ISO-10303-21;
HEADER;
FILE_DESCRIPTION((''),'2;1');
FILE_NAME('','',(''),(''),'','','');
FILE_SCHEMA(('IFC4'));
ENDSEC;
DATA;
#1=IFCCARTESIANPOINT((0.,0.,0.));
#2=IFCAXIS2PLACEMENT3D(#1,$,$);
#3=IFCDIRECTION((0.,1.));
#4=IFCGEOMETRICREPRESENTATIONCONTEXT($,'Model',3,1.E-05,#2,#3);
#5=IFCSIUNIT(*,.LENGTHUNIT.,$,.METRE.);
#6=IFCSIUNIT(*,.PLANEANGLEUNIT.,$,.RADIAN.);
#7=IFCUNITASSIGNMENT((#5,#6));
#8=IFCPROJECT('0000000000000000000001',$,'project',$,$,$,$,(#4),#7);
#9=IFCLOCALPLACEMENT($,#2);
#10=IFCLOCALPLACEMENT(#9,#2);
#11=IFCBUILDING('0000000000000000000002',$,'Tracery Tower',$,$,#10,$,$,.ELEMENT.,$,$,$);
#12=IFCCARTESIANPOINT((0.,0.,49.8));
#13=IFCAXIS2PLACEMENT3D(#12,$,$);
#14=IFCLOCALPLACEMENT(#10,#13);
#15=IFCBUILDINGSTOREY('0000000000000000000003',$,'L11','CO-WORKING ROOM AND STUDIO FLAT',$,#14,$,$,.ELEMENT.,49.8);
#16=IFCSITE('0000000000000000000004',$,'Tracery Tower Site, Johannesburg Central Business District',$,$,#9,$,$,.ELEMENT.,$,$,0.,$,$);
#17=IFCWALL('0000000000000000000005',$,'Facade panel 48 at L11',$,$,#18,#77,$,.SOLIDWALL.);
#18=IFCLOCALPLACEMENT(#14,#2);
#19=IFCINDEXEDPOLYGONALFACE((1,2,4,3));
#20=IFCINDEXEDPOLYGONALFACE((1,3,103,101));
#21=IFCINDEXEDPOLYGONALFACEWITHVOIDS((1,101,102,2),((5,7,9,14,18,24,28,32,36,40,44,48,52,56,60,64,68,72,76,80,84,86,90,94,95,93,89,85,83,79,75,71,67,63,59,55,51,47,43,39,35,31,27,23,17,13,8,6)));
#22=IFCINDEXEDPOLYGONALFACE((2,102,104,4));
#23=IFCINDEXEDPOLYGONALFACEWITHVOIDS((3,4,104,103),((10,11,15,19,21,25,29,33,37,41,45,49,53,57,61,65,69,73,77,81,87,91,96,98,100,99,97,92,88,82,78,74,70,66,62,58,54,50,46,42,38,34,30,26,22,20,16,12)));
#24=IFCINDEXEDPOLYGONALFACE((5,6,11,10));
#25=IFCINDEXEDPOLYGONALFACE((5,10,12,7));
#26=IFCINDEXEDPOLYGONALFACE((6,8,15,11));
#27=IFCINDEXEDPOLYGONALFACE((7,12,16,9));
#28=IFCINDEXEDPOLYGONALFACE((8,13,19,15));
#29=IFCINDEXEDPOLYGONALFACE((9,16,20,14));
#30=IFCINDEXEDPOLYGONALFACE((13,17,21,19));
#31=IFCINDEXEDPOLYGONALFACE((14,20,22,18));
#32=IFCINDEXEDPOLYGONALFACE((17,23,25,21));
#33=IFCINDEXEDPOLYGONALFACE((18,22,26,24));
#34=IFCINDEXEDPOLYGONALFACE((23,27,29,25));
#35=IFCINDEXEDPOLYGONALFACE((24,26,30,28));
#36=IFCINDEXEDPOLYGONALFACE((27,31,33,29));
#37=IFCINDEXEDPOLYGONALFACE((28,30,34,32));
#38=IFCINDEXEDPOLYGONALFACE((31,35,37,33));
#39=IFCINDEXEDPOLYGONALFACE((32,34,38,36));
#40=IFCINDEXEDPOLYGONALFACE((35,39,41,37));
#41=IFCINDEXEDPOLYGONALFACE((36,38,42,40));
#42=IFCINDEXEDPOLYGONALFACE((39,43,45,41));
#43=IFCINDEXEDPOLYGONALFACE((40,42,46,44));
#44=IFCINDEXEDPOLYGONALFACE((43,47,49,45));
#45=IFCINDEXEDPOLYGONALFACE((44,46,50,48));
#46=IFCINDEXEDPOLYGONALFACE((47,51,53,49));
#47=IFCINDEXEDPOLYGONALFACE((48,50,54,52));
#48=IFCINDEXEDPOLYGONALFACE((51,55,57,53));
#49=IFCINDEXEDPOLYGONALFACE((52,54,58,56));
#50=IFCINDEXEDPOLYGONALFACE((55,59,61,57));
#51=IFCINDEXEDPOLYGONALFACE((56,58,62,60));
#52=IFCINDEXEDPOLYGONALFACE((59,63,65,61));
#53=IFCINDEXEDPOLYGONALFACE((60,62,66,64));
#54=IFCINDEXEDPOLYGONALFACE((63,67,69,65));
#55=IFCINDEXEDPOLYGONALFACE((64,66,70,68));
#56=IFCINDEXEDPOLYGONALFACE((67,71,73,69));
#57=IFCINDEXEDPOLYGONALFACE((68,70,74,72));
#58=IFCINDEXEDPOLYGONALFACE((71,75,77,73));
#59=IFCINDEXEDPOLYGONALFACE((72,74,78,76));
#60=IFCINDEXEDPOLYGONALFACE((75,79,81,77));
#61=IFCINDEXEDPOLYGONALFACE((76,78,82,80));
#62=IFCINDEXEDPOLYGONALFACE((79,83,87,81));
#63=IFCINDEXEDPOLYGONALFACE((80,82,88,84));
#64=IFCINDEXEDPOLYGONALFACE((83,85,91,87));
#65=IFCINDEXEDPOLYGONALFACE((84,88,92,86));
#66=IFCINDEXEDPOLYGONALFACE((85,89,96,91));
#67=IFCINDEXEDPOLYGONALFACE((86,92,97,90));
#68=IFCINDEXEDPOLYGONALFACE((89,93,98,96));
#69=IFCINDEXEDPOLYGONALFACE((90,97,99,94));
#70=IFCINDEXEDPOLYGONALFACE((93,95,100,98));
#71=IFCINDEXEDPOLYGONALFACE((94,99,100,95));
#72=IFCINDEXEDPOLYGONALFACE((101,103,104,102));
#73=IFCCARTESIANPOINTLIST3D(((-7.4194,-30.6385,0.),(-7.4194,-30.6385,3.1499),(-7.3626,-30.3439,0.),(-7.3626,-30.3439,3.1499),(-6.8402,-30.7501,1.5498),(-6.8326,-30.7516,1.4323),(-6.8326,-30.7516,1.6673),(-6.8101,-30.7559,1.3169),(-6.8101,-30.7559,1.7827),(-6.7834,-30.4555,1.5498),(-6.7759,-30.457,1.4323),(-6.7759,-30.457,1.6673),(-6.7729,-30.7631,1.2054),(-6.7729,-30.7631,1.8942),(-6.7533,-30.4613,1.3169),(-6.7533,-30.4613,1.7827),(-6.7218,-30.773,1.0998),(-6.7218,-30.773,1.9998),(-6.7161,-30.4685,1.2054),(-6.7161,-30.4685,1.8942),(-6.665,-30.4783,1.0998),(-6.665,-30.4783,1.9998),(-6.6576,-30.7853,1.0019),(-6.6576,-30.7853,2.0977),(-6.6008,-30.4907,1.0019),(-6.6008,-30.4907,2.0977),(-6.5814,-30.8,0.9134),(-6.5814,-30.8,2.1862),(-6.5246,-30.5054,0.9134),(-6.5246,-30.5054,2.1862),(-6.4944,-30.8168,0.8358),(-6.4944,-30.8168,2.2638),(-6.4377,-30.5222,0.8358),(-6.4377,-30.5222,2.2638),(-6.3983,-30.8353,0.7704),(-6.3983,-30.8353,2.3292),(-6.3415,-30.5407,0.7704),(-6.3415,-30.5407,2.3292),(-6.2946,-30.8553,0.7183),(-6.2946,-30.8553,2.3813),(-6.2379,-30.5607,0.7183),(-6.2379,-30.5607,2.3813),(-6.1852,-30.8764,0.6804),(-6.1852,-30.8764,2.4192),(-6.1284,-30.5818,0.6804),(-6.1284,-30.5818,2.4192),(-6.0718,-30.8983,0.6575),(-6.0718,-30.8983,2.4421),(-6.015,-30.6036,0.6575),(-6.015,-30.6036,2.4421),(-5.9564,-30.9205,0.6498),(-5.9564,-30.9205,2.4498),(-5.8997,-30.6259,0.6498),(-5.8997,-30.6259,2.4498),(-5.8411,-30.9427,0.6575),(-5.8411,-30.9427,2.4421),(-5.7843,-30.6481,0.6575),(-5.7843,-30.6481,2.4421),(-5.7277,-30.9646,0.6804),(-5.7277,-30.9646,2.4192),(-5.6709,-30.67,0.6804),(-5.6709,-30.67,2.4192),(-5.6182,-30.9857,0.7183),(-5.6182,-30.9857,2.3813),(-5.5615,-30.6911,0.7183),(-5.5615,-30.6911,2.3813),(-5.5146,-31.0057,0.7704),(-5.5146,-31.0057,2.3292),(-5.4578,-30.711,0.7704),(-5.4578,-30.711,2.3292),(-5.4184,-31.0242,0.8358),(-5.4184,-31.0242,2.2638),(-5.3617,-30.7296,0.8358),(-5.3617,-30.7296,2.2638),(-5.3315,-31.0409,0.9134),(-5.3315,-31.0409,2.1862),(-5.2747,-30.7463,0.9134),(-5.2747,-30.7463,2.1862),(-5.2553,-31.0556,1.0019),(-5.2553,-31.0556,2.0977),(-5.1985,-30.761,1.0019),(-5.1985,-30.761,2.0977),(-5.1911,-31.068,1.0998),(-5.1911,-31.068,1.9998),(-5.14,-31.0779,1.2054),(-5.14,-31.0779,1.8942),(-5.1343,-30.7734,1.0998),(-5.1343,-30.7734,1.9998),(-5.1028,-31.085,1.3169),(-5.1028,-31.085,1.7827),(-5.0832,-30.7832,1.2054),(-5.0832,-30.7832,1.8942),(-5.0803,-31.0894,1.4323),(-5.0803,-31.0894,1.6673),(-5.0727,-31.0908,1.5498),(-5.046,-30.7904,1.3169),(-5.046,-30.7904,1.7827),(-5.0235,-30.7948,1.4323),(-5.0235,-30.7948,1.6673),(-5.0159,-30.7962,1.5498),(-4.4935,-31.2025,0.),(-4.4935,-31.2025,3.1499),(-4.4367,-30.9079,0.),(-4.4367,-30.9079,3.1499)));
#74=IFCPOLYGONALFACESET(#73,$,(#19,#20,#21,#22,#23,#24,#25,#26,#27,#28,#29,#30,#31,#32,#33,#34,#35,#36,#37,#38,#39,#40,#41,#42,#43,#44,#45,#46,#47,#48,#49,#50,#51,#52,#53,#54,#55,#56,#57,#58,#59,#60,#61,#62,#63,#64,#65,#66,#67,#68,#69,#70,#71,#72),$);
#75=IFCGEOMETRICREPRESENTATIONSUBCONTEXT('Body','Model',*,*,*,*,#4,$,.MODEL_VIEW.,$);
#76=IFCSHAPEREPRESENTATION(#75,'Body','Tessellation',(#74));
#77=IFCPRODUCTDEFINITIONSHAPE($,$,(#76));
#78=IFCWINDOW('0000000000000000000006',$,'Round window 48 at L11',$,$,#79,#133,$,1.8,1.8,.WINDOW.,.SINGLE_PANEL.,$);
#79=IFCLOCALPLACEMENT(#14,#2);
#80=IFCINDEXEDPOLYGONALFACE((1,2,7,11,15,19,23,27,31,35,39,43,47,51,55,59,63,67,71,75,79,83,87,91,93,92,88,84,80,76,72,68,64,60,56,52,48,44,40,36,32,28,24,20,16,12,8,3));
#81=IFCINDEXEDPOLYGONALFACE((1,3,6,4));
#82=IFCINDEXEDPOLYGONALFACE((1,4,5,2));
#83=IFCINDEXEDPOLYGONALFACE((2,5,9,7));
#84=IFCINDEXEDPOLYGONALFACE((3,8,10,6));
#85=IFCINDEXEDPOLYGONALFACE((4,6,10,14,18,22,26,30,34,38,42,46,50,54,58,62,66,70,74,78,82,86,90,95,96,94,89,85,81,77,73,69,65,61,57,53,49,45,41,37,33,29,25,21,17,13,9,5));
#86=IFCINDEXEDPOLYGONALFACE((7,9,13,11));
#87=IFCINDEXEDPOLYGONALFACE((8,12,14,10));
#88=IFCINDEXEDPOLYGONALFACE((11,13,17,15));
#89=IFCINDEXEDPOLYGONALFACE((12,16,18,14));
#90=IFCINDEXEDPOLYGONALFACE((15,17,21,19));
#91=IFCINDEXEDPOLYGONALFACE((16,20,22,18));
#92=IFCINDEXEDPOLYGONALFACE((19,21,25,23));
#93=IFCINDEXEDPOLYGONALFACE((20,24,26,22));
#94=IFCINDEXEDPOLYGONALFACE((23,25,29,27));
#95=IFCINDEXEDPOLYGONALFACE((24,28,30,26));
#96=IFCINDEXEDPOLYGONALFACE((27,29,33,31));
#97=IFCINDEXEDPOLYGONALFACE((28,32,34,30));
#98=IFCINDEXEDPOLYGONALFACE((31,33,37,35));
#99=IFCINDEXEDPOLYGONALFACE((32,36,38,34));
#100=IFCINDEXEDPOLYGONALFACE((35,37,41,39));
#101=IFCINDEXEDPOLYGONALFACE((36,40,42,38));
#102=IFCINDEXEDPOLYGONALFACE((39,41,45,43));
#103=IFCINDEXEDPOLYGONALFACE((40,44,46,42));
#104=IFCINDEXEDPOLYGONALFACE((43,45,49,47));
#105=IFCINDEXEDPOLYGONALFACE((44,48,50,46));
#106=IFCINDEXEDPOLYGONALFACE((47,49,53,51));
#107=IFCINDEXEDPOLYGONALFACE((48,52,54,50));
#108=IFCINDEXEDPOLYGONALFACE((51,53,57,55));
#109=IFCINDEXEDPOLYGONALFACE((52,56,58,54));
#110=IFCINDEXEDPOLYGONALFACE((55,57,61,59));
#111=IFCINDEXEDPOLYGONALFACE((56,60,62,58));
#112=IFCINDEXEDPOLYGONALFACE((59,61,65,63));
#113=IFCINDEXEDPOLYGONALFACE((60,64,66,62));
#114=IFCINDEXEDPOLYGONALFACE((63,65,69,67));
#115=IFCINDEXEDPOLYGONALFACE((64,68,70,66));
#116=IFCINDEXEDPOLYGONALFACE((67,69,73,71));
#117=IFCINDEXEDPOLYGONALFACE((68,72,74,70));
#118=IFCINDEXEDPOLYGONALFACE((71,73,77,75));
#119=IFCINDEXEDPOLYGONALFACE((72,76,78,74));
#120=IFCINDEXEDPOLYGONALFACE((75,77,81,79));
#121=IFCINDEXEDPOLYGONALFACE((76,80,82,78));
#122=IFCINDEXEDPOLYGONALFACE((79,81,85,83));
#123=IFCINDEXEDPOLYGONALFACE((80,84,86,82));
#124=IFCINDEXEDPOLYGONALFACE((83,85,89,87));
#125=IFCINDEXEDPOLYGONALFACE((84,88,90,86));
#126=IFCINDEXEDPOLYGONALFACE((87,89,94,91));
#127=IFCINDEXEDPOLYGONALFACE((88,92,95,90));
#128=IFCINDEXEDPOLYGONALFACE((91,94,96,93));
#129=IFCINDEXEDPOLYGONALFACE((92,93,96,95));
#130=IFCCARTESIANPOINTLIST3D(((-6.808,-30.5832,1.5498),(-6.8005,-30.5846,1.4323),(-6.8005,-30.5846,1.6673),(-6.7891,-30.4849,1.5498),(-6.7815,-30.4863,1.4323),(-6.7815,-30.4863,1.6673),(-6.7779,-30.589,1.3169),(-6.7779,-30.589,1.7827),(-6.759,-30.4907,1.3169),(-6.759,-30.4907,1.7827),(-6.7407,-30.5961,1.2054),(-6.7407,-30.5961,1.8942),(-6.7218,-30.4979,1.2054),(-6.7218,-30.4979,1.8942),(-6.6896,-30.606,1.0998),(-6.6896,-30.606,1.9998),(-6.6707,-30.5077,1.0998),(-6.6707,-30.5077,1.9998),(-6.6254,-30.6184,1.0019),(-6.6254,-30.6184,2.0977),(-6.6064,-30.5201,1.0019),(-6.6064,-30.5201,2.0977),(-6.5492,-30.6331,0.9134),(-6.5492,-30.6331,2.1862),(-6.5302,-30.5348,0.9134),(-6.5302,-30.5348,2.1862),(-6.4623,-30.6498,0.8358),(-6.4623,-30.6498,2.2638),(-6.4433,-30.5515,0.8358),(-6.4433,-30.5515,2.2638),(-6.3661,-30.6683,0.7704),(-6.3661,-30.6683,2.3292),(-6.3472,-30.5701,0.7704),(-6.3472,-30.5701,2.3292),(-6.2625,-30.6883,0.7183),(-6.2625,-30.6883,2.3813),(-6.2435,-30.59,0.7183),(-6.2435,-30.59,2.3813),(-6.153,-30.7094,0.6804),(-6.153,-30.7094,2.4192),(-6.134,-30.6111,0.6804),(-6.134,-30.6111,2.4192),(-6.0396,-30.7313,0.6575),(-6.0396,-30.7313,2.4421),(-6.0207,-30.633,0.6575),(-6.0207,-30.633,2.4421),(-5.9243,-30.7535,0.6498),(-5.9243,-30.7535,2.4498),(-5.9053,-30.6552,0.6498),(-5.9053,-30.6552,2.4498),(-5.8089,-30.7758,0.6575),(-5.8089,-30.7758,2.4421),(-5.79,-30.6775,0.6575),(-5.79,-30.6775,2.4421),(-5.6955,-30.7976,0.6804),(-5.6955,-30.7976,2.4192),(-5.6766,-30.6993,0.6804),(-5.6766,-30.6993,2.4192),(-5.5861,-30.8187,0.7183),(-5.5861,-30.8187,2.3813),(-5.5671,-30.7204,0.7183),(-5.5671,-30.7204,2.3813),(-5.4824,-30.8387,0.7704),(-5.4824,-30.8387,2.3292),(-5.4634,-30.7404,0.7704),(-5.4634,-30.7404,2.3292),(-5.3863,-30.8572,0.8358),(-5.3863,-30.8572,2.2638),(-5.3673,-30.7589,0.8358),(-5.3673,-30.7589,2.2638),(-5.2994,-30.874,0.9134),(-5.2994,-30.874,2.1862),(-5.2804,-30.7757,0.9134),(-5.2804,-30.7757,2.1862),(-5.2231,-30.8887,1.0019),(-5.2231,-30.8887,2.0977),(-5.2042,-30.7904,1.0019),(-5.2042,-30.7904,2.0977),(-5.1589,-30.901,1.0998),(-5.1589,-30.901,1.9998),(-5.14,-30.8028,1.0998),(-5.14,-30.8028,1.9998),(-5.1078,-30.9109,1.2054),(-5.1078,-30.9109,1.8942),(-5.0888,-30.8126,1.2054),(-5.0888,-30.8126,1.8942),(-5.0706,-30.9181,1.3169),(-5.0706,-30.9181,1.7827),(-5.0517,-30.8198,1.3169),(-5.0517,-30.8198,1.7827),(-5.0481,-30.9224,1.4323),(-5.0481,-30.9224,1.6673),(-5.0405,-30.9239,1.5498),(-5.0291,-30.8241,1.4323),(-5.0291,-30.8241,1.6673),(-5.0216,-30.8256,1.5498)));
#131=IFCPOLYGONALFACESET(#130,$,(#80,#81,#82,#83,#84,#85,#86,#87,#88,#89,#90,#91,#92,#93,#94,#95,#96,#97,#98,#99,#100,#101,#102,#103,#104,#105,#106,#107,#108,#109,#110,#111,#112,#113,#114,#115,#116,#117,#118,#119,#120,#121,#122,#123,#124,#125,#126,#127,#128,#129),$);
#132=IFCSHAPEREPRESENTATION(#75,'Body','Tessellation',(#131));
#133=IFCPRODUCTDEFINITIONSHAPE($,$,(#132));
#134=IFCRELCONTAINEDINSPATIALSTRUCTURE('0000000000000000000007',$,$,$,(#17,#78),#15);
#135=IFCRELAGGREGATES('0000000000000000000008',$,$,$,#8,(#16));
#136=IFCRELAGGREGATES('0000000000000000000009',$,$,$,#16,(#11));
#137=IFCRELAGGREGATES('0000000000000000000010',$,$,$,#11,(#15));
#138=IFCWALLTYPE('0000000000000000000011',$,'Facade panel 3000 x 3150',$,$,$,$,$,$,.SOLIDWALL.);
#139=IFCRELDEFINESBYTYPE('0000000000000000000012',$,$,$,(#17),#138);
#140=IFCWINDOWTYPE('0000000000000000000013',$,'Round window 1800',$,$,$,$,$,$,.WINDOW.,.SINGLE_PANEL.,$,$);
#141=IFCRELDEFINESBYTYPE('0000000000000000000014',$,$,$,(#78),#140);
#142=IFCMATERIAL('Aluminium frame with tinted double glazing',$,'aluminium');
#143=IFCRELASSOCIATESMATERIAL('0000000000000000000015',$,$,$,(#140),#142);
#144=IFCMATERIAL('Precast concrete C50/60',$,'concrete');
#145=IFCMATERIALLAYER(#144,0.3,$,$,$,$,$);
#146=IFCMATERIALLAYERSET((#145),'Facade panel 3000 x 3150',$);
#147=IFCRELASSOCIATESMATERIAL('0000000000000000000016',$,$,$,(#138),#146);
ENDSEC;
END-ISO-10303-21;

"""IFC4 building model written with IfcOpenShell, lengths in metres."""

from ifc_helpers import new_model, si_unit, direction, frame, frame_2d, origin, origin_2d, place, context, subcontext, project, spatial, rectangle, circle, extrude, material, layer, layer_set, type_object, element, fill, save


model = new_model("IFC4")

# Units and contexts
model_context = context("Model", 3, precision=1e-05, world=origin(), true_north=direction((0.0, 1.0)))
body_context = subcontext(model_context, "Body", "Model", "MODEL_VIEW")
ifc_project = project(units=[si_unit("LENGTHUNIT", "METRE"), si_unit("PLANEANGLEUNIT", "RADIAN")], contexts=[model_context])

# Site, building, storey
site_placement = place(None, origin())
site = spatial("IfcSite", under=ifc_project, at=site_placement, Name="Tracery Tower Site, Johannesburg Central Business District", CompositionType="ELEMENT", RefElevation=0.0)
building_placement = place(site_placement, origin())
building = spatial("IfcBuilding", under=site, at=building_placement, Name="Tracery Tower", CompositionType="ELEMENT")
storey_placement = place(building_placement, frame((0.0, 0.0, 49.8)))
storey = spatial("IfcBuildingStorey", under=building, at=storey_placement, Name="L11", Description="CO-WORKING ROOM AND STUDIO FLAT", CompositionType="ELEMENT", Elevation=49.8)

# Wall, opening, window
ifc_material_1 = material(Name="Aluminium frame with tinted double glazing", Category="aluminium")
window_type = type_object("IfcWindowType", Name="Round window 1800", PartitioningType="SINGLE_PANEL", PredefinedType="WINDOW", material=ifc_material_1)
ifc_material_2 = material(Name="Precast concrete C50/60", Category="concrete")
ifc_layer_1 = layer(ifc_material_2, 0.3)
ifc_layer_set_1 = layer_set([ifc_layer_1], Name="Facade panel 3000 x 3150")
wall_type_1 = type_object("IfcWallType", Name="Facade panel 3000 x 3150", PredefinedType="SOLIDWALL", material=ifc_layer_set_1)
wall_1_placement = place(storey_placement, frame((-7.3909, -30.4912, 0.0), z_axis=(0.0, 0.0, 1.0), x_axis=(0.981925, -0.189273, 0.0)))
wall_1 = element("IfcWall", 1, at=wall_1_placement, inside=storey, type_object=wall_type_1, Name="Facade panel 48 at L11", PredefinedType="SOLIDWALL", context=body_context, shape_type="SweptSolid", body=[
    extrude(rectangle(XDim=2.9797, YDim=0.3, at=frame_2d((1.4897, 0.0))), origin(), (0.0, 0.0, 1.0), 3.1499),
])
opening_1_placement = place(wall_1_placement, frame((1.4897, 0.0, 1.5498)))
opening_1 = element("IfcOpeningElement", 2, at=opening_1_placement, cuts=wall_1, PredefinedType="OPENING", context=body_context, shape_type="SweptSolid", body=[
    extrude(circle(Radius=0.9, at=origin_2d()), frame((0.0, 0.1599, 0.0), z_axis=(0.0, -1.0, 0.0), x_axis=(1.0, 0.0, 0.0)), (0.0, 0.0, 1.0), 0.3201),
])
window_1_placement = place(opening_1_placement, origin())
window_1 = element("IfcWindow", 3, at=window_1_placement, inside=storey, type_object=window_type, Name="Round window 48 at L11", OverallHeight=1.8, OverallWidth=1.8, PartitioningType="SINGLE_PANEL", PredefinedType="WINDOW", context=body_context, shape_type="SweptSolid", body=[
    extrude(circle(Radius=0.9, at=origin_2d()), frame((0.0, 0.1201, 0.0), z_axis=(0.0, -1.0, 0.0), x_axis=(1.0, 0.0, 0.0)), (0.0, 0.0, 1.0), 0.1001),
])
fill(opening_1, window_1)

save(model, "model.ifc")
